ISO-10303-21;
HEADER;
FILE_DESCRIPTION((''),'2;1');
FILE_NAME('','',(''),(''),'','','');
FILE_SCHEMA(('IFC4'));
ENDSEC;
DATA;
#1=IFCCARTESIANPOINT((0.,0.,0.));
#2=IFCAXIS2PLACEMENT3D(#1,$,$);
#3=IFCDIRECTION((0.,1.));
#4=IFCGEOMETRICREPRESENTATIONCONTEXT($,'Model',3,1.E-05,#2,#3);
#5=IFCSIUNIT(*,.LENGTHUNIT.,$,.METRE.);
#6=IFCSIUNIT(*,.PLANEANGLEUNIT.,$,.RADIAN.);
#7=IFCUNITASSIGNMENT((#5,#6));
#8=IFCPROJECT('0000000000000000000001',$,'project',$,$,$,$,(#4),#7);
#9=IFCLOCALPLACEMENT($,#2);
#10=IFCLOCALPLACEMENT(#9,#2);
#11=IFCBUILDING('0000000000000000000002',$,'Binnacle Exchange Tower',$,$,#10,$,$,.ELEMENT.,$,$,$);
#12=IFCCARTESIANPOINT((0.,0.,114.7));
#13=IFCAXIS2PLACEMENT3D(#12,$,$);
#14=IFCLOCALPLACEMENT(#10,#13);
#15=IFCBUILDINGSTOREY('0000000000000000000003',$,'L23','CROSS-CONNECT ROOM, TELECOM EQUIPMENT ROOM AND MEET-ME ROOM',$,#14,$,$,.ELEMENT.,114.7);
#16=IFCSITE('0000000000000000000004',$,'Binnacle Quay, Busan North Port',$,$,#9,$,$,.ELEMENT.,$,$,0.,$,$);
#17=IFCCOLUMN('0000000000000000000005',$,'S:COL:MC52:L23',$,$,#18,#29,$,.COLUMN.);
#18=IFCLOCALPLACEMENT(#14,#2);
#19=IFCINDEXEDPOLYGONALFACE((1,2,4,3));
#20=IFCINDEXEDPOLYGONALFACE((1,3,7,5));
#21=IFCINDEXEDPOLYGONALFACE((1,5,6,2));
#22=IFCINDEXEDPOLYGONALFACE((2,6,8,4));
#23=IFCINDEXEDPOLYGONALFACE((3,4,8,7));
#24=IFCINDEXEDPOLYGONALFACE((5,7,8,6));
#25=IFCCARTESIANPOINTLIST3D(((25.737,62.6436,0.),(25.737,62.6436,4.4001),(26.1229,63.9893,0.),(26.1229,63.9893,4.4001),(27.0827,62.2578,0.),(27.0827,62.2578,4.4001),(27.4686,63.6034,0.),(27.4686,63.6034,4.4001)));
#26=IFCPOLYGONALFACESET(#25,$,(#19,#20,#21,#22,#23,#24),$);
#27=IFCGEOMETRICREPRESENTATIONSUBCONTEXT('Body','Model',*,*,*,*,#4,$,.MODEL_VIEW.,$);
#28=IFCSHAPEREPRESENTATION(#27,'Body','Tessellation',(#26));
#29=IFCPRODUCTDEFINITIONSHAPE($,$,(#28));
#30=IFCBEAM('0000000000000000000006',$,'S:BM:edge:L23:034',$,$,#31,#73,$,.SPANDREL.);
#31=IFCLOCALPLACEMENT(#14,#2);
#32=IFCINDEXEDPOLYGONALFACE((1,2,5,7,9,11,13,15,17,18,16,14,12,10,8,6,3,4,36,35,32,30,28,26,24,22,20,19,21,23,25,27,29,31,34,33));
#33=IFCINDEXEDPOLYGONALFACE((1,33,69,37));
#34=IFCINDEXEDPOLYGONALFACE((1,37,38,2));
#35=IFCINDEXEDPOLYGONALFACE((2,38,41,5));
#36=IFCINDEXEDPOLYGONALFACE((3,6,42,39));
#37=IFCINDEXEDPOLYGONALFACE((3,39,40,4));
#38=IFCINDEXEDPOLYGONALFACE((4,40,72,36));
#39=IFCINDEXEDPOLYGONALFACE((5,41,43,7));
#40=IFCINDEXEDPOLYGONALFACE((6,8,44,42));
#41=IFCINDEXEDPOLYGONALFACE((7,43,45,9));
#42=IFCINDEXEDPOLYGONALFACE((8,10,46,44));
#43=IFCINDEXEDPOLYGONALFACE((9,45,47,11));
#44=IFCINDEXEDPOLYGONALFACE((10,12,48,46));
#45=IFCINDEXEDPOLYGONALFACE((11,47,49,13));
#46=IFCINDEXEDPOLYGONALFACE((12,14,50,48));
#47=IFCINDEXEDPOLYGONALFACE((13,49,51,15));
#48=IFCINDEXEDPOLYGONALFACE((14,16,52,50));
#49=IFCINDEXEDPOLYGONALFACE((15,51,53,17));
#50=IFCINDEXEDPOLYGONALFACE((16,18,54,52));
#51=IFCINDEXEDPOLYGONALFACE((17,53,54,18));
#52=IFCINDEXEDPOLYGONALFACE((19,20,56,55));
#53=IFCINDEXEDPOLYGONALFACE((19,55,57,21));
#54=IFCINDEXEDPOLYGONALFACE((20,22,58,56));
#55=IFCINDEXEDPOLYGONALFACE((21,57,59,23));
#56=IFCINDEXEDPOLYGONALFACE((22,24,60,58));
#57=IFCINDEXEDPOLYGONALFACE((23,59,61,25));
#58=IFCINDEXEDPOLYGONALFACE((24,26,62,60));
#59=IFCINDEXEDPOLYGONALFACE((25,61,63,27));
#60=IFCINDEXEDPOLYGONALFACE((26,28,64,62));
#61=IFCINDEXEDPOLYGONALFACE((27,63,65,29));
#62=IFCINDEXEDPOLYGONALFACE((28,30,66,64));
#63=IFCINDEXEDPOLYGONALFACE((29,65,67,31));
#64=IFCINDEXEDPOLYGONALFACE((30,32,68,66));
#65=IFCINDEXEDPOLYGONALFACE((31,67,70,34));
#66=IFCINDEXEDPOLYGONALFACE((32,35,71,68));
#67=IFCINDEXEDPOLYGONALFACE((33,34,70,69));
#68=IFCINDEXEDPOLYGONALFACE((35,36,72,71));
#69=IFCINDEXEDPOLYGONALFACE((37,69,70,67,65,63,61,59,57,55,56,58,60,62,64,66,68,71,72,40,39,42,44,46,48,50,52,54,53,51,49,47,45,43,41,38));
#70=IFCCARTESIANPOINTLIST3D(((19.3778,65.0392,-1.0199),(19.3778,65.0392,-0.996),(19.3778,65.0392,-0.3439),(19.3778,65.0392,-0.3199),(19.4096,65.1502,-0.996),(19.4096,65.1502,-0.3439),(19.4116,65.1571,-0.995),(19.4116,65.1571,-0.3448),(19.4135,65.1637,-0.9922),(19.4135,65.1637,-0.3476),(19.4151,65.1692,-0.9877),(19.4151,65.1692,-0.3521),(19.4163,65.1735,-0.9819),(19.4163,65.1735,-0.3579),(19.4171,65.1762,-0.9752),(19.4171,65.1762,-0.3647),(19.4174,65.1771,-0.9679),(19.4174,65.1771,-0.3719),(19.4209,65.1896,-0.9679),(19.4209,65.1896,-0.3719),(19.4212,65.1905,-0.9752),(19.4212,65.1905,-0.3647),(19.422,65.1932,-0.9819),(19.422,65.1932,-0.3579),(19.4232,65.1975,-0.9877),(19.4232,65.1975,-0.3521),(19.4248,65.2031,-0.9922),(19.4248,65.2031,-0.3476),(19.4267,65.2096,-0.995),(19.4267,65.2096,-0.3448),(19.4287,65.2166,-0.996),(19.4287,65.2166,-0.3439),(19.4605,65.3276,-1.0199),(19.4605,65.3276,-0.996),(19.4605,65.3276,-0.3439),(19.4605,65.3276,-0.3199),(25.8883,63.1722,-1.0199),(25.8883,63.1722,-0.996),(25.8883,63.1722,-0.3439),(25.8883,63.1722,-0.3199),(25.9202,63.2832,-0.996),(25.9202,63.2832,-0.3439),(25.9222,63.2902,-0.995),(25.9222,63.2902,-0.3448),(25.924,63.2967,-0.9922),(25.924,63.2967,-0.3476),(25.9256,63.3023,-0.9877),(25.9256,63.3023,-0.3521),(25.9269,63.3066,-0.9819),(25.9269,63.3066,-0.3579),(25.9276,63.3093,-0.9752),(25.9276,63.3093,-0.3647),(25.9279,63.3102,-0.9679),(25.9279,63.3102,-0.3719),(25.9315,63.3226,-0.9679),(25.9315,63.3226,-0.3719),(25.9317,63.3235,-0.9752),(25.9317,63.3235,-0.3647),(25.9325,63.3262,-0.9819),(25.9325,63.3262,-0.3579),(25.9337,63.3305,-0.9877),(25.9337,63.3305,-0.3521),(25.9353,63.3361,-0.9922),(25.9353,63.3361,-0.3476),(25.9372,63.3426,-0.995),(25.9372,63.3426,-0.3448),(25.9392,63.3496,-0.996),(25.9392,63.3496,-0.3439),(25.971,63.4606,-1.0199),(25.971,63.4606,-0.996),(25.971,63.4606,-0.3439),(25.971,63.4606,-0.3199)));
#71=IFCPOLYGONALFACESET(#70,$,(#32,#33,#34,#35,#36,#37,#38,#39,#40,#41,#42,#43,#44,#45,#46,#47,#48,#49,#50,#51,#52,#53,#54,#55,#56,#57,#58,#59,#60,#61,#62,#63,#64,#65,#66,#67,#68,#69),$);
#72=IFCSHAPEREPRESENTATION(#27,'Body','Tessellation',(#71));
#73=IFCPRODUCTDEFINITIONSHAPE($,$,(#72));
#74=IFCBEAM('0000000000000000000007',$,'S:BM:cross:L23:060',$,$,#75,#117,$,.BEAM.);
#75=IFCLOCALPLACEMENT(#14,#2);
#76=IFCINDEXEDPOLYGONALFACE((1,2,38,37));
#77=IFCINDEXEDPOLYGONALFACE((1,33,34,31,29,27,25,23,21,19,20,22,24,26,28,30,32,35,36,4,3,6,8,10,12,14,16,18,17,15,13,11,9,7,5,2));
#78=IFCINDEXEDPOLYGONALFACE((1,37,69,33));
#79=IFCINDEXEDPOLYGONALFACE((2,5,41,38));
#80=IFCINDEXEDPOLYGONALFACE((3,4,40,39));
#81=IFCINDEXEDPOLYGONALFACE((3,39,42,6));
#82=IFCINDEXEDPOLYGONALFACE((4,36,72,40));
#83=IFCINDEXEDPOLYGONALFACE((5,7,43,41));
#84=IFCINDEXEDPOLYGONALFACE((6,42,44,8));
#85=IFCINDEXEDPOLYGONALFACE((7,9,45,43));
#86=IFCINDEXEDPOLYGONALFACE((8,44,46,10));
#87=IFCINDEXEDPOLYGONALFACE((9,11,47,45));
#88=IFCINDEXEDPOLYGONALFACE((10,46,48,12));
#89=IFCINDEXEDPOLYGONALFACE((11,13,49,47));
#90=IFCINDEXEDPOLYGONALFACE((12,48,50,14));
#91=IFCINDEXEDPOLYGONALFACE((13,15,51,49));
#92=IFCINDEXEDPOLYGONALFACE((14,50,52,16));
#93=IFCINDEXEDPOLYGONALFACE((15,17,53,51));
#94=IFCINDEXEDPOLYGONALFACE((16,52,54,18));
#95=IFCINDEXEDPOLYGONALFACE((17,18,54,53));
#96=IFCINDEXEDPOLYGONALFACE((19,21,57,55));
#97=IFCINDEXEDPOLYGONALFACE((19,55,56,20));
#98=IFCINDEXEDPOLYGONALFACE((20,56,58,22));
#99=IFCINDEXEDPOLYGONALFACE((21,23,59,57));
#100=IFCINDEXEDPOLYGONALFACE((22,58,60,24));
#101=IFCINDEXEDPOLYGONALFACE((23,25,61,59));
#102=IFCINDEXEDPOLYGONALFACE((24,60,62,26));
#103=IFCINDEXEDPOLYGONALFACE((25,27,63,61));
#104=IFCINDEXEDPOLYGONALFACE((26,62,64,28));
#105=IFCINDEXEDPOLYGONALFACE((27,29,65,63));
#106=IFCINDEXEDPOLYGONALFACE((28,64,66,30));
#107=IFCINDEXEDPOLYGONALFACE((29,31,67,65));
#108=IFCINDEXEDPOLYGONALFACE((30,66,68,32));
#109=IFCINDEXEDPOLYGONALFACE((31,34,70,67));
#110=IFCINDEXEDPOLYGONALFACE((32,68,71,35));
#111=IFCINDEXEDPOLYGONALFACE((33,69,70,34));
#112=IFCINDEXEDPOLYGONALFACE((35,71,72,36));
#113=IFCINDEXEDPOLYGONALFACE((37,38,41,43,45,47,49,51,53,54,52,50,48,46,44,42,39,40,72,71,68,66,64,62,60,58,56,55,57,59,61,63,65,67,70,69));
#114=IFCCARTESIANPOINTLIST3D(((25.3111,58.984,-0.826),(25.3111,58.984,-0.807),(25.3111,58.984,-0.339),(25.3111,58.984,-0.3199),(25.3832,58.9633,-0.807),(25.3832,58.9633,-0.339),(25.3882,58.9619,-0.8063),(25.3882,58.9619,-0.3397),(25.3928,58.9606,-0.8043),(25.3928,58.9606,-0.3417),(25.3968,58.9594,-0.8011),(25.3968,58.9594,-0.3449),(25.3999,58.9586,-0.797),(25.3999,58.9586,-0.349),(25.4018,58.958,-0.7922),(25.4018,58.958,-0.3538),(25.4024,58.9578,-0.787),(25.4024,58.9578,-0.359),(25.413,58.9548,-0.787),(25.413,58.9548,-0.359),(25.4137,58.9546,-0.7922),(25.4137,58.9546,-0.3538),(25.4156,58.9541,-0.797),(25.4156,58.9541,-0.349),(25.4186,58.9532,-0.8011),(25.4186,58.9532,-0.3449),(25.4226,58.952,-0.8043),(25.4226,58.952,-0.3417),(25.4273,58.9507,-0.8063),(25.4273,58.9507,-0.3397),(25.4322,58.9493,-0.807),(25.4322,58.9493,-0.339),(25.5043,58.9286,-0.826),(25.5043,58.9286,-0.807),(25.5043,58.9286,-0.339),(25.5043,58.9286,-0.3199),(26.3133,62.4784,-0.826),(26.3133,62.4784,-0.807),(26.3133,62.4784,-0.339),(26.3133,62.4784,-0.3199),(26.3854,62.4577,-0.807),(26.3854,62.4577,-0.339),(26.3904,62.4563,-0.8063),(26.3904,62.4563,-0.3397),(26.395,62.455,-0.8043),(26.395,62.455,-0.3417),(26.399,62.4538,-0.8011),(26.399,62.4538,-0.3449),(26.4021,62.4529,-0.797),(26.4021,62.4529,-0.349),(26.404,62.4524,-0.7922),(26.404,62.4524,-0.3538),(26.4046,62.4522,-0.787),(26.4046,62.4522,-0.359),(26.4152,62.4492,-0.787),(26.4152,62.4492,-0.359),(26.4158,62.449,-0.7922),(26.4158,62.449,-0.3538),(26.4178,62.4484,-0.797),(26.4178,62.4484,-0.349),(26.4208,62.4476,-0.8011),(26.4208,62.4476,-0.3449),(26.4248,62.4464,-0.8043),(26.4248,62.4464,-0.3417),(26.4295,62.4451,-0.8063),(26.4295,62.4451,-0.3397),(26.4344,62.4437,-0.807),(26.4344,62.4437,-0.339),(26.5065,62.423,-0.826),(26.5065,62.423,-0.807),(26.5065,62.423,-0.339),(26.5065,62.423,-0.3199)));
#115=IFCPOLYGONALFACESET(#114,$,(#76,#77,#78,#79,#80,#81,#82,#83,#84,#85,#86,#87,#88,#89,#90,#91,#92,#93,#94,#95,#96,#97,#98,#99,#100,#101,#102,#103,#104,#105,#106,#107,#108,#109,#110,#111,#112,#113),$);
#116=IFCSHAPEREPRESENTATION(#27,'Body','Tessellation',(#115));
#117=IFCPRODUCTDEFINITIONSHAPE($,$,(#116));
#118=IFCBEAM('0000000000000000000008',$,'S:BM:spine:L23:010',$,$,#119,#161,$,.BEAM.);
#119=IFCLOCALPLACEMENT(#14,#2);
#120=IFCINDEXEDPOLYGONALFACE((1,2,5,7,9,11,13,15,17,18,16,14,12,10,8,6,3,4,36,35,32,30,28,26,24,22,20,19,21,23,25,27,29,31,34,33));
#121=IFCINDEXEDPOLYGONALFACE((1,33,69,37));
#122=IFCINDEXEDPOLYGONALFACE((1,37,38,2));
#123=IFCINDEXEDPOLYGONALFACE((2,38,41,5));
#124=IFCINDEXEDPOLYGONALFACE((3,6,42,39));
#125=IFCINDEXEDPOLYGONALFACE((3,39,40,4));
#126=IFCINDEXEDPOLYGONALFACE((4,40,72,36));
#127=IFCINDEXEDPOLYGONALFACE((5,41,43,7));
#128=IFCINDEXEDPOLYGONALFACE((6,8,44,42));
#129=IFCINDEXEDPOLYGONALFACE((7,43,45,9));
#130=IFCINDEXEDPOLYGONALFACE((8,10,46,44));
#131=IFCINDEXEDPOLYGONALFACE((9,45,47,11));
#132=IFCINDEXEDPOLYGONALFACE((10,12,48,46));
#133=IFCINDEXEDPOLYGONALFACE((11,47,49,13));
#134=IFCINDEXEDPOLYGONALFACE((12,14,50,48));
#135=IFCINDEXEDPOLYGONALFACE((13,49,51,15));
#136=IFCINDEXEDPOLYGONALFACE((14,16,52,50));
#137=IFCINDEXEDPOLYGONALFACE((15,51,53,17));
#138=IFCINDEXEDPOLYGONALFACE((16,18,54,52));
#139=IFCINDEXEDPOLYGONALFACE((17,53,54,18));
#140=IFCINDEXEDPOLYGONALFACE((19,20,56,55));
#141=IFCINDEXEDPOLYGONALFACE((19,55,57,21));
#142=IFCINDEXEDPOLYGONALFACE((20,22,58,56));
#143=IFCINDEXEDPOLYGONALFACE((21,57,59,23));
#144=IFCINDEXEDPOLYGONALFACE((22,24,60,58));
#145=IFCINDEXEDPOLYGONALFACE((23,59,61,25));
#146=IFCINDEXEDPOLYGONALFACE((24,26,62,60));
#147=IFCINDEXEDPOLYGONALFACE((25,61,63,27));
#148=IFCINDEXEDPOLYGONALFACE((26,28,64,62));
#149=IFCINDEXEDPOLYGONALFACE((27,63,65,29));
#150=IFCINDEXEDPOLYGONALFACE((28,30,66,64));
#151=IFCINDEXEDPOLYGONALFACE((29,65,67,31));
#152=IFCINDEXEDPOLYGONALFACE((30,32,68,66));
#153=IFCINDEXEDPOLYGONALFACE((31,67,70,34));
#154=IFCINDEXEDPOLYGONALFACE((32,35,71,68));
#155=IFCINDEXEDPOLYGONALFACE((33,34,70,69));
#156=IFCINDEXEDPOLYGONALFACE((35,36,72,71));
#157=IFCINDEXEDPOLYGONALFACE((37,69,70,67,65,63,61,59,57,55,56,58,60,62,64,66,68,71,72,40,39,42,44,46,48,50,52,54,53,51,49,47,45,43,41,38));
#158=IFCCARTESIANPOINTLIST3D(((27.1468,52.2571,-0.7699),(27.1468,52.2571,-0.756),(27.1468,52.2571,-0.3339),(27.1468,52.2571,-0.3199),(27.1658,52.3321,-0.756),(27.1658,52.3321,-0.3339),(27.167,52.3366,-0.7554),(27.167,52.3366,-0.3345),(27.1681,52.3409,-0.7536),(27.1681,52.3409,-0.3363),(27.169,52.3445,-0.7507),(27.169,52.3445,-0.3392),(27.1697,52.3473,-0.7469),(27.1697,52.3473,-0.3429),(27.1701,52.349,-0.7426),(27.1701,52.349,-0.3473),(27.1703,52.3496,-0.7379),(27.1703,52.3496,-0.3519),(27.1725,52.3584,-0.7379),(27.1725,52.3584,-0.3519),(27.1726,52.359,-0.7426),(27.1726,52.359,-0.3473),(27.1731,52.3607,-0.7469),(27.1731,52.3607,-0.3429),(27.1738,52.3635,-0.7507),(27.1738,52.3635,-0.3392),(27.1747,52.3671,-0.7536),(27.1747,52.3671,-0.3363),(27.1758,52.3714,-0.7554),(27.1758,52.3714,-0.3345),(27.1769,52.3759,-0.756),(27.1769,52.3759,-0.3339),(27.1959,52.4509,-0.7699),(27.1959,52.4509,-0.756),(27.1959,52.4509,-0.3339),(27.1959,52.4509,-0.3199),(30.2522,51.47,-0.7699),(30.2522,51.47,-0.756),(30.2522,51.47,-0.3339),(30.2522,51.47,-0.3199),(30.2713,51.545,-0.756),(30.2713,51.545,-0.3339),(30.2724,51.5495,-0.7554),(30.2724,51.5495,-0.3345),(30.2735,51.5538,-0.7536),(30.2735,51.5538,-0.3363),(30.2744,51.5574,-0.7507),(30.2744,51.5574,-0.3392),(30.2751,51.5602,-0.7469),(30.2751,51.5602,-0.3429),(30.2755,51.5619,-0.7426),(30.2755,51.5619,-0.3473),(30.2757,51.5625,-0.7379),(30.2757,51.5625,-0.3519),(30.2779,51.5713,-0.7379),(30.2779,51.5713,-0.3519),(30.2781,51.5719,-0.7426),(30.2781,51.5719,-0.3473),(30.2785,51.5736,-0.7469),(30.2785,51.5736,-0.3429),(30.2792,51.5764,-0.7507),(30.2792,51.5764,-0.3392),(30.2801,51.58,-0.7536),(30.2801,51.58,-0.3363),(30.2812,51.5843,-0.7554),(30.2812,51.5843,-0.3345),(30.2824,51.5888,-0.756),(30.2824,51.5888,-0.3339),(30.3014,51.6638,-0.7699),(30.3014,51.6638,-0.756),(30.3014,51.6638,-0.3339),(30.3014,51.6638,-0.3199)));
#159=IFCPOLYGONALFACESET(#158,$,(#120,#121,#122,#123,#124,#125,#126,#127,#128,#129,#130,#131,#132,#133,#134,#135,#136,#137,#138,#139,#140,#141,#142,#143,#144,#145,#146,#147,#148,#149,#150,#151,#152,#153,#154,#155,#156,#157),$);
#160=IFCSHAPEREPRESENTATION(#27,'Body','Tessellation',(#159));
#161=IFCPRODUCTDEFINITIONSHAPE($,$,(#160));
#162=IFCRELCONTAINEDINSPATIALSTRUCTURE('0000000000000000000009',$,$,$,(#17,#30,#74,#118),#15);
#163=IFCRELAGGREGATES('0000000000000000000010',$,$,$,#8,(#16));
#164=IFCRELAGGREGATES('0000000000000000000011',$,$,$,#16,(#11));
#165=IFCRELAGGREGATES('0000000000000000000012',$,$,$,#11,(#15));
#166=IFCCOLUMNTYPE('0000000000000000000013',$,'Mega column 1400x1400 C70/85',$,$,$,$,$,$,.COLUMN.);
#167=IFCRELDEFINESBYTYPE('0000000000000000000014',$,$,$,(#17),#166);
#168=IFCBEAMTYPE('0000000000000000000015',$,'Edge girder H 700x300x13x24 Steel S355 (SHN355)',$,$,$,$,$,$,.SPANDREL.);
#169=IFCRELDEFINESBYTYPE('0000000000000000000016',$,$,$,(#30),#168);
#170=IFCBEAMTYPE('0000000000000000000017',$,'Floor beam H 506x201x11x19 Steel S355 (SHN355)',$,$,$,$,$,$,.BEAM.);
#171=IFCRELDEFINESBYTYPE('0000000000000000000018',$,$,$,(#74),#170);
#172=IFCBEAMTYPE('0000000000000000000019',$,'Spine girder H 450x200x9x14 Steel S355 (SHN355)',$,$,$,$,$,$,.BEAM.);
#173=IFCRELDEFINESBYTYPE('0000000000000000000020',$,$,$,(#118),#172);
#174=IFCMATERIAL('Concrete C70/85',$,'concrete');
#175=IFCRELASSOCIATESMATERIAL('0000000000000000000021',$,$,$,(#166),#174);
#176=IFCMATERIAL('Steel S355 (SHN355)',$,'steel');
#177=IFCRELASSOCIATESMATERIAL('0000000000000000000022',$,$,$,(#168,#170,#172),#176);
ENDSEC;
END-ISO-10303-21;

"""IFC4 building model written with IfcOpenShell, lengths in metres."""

from ifc_helpers import new_model, si_unit, direction, frame, origin, origin_2d, place, context, subcontext, project, spatial, rectangle, i_section, extrude, material, material_profile, profile_set, type_object, element, save


model = new_model("IFC4")

# Units and contexts
model_context = context("Model", 3, precision=1e-05, world=origin(), true_north=direction((0.0, 1.0)))
body_context = subcontext(model_context, "Body", "Model", "MODEL_VIEW")
ifc_project = project(units=[si_unit("LENGTHUNIT", "METRE"), si_unit("PLANEANGLEUNIT", "RADIAN")], contexts=[model_context])

# Site, building, storey
site_placement = place(None, origin())
site = spatial("IfcSite", under=ifc_project, at=site_placement, Name="Binnacle Quay, Busan North Port", CompositionType="ELEMENT", RefElevation=0.0)
building_placement = place(site_placement, origin())
building = spatial("IfcBuilding", under=site, at=building_placement, Name="Binnacle Exchange Tower", CompositionType="ELEMENT")
storey_placement = place(building_placement, frame((0.0, 0.0, 114.7)))
storey = spatial("IfcBuildingStorey", under=building, at=storey_placement, Name="L23", Description="CROSS-CONNECT ROOM, TELECOM EQUIPMENT ROOM AND MEET-ME ROOM", CompositionType="ELEMENT", Elevation=114.7)

# Column
ifc_material_1 = material(Name="Concrete C70/85", Category="concrete")
ifc_material_profile_1 = material_profile(ifc_material_1, rectangle(XDim=1.3999, YDim=1.3999, at=origin_2d()), Name="Mega column 1400x1400 C70/85")
ifc_profile_set_1 = profile_set([ifc_material_profile_1], Name="Concrete C70/85")
column_type = type_object("IfcColumnType", Name="Mega column 1400x1400 C70/85", PredefinedType="COLUMN", material=ifc_profile_set_1)
column_placement = place(storey_placement, frame((26.6028, 63.1235, 0.0), z_axis=(0.0, 0.0, 1.0), x_axis=(-0.961262, 0.275637, 0.0)))
element("IfcColumn", 1, at=column_placement, inside=storey, type_object=column_type, Name="S:COL:MC52:L23", PredefinedType="COLUMN", context=body_context, shape_type="SweptSolid", body=[
    extrude(rectangle(XDim=1.3999, YDim=1.3999, at=origin_2d()), origin(), (0.0, 0.0, 1.0), 4.4001),
])

# Beams
ifc_material_2 = material(Name="Steel S355 (SHN355)", Category="steel")
ifc_material_profile_2 = material_profile(ifc_material_2, i_section(OverallWidth=0.3, OverallDepth=0.7, WebThickness=0.0129, FlangeThickness=0.0239, FilletRadius=0.0281, at=origin_2d()), Name="H 700x300x13x24")
ifc_profile_set_2 = profile_set([ifc_material_profile_2], Name="Steel S355 (SHN355)")
beam_type_1 = type_object("IfcBeamType", Name="Edge girder H 700x300x13x24 Steel S355 (SHN355)", PredefinedType="SPANDREL", material=ifc_profile_set_2)
beam_1_placement = place(storey_placement, frame((25.9297, 63.3164, -0.6699), z_axis=(-0.961258, 0.275649, 0.0), x_axis=(-0.275649, -0.961258, 0.0)))
element("IfcBeam", 2, at=beam_1_placement, inside=storey, type_object=beam_type_1, Name="S:BM:edge:L23:034", PredefinedType="SPANDREL", context=body_context, shape_type="SweptSolid", body=[
    extrude(i_section(OverallWidth=0.3, OverallDepth=0.7, WebThickness=0.0129, FlangeThickness=0.0239, FilletRadius=0.0281, at=origin_2d()), origin(), (0.0, 0.0, 1.0), 6.7729),
])
ifc_material_profile_3 = material_profile(ifc_material_2, i_section(OverallWidth=0.2009, OverallDepth=0.5061, WebThickness=0.011, FlangeThickness=0.019, FilletRadius=0.02, at=origin_2d()), Name="H 506x201x11x19")
ifc_profile_set_3 = profile_set([ifc_material_profile_3], Name="Steel S355 (SHN355)")
beam_type_2 = type_object("IfcBeamType", Name="Floor beam H 506x201x11x19 Steel S355 (SHN355)", PredefinedType="BEAM", material=ifc_profile_set_3)
beam_2_placement = place(storey_placement, frame((26.4099, 62.4507, -0.573), z_axis=(-0.275688, -0.961247, 0.0), x_axis=(0.961247, -0.275688, 0.0)))
element("IfcBeam", 3, at=beam_2_placement, inside=storey, type_object=beam_type_2, Name="S:BM:cross:L23:060", PredefinedType="BEAM", context=body_context, shape_type="SweptSolid", body=[
    extrude(i_section(OverallWidth=0.2009, OverallDepth=0.5061, WebThickness=0.011, FlangeThickness=0.019, FilletRadius=0.02, at=origin_2d()), origin(), (0.0, 0.0, 1.0), 3.6353),
])
ifc_material_profile_4 = material_profile(ifc_material_2, i_section(OverallWidth=0.2, OverallDepth=0.45, WebThickness=0.009, FlangeThickness=0.0139, FilletRadius=0.0181, at=origin_2d()), Name="H 450x200x9x14")
ifc_profile_set_4 = profile_set([ifc_material_profile_4], Name="Steel S355 (SHN355)")
beam_type_3 = type_object("IfcBeamType", Name="Spine girder H 450x200x9x14 Steel S355 (SHN355)", PredefinedType="BEAM", material=ifc_profile_set_4)
beam_3_placement = place(storey_placement, frame((27.1714, 52.354, -0.5449), z_axis=(0.969348, -0.24569, 0.0), x_axis=(0.24569, 0.969348, 0.0)))
element("IfcBeam", 4, at=beam_3_placement, inside=storey, type_object=beam_type_3, Name="S:BM:spine:L23:010", PredefinedType="BEAM", context=body_context, shape_type="SweptSolid", body=[
    extrude(i_section(OverallWidth=0.2, OverallDepth=0.45, WebThickness=0.009, FlangeThickness=0.0139, FilletRadius=0.0181, at=origin_2d()), origin(), (0.0, 0.0, 1.0), 3.2036),
])

save(model, "model.ifc")
